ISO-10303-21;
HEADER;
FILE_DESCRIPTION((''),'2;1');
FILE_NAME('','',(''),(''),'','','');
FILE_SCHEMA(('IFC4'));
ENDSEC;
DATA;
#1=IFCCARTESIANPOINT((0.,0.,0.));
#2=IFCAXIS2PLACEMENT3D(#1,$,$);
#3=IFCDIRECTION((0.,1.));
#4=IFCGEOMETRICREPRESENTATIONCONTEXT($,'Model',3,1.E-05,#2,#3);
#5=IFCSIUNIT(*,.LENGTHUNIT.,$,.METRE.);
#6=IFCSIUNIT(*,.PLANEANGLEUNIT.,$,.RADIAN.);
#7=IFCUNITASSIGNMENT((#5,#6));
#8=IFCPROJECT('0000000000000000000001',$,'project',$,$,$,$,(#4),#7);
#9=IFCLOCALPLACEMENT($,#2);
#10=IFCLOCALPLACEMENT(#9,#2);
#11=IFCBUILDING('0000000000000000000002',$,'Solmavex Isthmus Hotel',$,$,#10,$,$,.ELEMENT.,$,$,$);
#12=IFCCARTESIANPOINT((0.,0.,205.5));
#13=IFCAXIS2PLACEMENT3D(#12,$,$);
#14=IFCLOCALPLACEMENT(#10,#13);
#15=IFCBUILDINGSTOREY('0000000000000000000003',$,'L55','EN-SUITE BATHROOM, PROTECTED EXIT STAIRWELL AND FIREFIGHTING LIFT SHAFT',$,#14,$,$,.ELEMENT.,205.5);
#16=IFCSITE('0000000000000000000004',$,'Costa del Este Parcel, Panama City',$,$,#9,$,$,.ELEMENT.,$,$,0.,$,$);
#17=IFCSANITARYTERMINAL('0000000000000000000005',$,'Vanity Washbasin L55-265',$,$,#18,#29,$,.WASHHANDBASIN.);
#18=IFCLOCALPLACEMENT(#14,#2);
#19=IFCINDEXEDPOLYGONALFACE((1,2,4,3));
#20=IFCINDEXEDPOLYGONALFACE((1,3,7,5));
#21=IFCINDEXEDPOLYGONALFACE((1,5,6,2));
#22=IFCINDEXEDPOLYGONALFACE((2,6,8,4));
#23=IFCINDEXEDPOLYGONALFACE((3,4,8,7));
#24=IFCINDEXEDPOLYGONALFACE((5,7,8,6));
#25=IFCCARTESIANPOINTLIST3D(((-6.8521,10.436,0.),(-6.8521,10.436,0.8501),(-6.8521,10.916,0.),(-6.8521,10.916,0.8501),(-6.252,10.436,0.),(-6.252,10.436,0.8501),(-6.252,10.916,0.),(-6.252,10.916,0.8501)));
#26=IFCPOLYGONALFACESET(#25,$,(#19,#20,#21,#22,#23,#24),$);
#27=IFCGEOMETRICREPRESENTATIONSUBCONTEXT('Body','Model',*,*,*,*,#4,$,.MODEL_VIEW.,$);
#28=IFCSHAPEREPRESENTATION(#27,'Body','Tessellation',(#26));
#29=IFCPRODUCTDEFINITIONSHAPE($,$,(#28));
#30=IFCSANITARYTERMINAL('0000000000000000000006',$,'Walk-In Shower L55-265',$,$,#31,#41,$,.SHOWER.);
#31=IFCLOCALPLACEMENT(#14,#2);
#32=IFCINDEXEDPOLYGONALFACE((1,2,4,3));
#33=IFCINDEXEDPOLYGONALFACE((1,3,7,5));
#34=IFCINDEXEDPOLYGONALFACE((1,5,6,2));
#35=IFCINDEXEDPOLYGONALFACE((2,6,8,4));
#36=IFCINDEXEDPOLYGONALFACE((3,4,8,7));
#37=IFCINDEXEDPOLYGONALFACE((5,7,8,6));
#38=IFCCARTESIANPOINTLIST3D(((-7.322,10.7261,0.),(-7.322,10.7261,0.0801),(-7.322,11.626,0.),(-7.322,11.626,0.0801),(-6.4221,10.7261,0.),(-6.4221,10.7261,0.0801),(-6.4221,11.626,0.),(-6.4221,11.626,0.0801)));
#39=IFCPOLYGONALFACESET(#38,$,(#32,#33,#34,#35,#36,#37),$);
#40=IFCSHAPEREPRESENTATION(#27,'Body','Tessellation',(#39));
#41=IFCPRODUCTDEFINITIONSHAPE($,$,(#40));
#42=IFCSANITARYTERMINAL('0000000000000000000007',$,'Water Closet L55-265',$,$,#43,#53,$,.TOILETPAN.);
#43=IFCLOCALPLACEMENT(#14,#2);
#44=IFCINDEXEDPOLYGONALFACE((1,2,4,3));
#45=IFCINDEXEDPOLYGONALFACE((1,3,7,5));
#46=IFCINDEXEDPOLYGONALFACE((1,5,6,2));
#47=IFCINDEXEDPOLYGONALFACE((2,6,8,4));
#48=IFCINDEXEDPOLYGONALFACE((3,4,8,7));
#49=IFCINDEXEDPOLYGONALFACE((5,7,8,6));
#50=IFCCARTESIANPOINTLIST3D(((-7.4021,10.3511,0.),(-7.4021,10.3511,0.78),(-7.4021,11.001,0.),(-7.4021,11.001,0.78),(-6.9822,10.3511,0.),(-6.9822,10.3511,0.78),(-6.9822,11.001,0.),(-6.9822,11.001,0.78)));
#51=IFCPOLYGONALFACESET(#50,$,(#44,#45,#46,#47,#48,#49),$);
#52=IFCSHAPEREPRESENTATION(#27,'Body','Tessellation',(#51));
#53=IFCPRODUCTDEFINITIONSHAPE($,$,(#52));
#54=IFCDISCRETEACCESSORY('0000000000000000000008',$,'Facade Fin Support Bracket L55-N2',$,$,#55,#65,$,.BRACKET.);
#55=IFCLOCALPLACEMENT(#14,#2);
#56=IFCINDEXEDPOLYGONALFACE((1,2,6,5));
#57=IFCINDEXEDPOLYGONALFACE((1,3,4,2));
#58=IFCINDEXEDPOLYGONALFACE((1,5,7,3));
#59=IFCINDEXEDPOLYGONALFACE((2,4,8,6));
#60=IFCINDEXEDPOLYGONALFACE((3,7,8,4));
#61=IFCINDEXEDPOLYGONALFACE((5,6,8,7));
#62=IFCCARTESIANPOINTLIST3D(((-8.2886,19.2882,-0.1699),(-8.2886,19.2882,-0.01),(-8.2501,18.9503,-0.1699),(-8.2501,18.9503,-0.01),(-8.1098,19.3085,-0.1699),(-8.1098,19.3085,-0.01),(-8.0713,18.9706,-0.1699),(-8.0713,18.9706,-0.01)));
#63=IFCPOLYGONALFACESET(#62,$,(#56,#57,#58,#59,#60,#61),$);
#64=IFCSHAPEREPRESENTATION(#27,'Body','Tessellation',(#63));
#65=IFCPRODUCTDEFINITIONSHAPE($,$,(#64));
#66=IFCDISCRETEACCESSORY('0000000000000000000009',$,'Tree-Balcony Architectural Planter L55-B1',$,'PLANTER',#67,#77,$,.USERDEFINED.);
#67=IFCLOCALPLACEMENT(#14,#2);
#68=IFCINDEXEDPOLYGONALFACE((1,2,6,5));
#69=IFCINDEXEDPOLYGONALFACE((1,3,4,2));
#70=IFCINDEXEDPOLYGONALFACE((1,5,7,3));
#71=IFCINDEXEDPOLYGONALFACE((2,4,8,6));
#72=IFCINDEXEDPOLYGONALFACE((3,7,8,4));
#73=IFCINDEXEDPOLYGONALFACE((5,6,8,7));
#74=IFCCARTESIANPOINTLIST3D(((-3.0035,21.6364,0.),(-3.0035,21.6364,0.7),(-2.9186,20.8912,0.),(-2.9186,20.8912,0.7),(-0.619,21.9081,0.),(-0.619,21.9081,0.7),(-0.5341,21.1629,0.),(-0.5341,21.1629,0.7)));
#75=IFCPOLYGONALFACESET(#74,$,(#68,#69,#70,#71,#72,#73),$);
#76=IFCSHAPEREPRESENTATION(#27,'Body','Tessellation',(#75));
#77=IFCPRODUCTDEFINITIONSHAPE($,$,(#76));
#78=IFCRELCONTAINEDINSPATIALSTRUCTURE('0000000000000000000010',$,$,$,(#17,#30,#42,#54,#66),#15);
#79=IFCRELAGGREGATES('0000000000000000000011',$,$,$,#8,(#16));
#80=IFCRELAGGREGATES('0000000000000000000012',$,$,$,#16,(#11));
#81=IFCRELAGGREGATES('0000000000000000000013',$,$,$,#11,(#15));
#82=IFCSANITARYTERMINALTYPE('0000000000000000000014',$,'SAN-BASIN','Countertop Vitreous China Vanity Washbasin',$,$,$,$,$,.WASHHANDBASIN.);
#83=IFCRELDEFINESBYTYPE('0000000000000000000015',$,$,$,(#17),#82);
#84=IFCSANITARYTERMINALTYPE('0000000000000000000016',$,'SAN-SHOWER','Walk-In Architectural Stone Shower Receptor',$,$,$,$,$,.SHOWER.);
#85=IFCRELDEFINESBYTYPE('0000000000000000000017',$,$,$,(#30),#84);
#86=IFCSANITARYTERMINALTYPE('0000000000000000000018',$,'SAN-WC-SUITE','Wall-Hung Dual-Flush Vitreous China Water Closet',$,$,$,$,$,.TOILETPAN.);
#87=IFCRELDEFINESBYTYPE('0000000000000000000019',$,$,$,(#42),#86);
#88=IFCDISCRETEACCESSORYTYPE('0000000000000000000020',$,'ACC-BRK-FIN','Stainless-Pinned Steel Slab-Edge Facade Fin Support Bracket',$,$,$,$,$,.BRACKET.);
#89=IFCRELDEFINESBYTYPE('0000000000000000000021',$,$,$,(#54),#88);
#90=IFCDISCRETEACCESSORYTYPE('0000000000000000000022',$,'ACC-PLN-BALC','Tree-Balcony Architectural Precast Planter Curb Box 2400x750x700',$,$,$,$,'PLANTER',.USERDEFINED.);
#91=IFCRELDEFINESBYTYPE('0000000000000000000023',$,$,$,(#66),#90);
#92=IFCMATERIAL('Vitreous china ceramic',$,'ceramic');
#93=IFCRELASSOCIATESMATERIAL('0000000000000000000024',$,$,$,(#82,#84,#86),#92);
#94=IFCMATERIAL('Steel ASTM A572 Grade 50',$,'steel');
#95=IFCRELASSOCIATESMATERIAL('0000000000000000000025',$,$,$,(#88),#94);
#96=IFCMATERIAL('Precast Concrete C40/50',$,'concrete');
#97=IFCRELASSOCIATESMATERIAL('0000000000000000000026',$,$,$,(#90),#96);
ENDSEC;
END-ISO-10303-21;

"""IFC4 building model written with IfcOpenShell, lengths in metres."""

from ifc_helpers import new_model, si_unit, direction, frame, origin, origin_2d, place, context, subcontext, project, spatial, rectangle, extrude, material, type_object, element, save


model = new_model("IFC4")

# Units and contexts
model_context = context("Model", 3, precision=1e-05, world=origin(), true_north=direction((0.0, 1.0)))
body_context = subcontext(model_context, "Body", "Model", "MODEL_VIEW")
ifc_project = project(units=[si_unit("LENGTHUNIT", "METRE"), si_unit("PLANEANGLEUNIT", "RADIAN")], contexts=[model_context])

# Site, building, storey
site_placement = place(None, origin())
site = spatial("IfcSite", under=ifc_project, at=site_placement, Name="Costa del Este Parcel, Panama City", CompositionType="ELEMENT", RefElevation=0.0)
building_placement = place(site_placement, origin())
building = spatial("IfcBuilding", under=site, at=building_placement, Name="Solmavex Isthmus Hotel", CompositionType="ELEMENT")
storey_placement = place(building_placement, frame((0.0, 0.0, 205.5)))
storey = spatial("IfcBuildingStorey", under=building, at=storey_placement, Name="L55", Description="EN-SUITE BATHROOM, PROTECTED EXIT STAIRWELL AND FIREFIGHTING LIFT SHAFT", CompositionType="ELEMENT", Elevation=205.5)

# Shared definitions
ifc_material_1 = material(Name="Precast Concrete C40/50", Category="concrete")

# Sanitary terminals
ifc_material_2 = material(Name="Vitreous china ceramic", Category="ceramic")
sanitary_terminal_type_1 = type_object("IfcSanitaryTerminalType", Name="SAN-BASIN", Description="Countertop Vitreous China Vanity Washbasin", PredefinedType="WASHHANDBASIN", material=ifc_material_2)
sanitary_terminal_1_placement = place(storey_placement, frame((-6.552, 10.676, 0.0), z_axis=(0.0, 0.0, 1.0), x_axis=(1.0, 0.0, 0.0)))
element("IfcSanitaryTerminal", 1, at=sanitary_terminal_1_placement, inside=storey, type_object=sanitary_terminal_type_1, Name="Vanity Washbasin L55-265", PredefinedType="WASHHANDBASIN", context=body_context, shape_type="SweptSolid", body=[
    extrude(rectangle(XDim=0.6001, YDim=0.48, at=origin_2d()), origin(), (0.0, 0.0, 1.0), 0.8501),
])
sanitary_terminal_type_2 = type_object("IfcSanitaryTerminalType", Name="SAN-SHOWER", Description="Walk-In Architectural Stone Shower Receptor", PredefinedType="SHOWER", material=ifc_material_2)
sanitary_terminal_2_placement = place(storey_placement, frame((-6.8721, 11.176, 0.0), z_axis=(0.0, 0.0, 1.0), x_axis=(1.0, 0.0, 0.0)))
element("IfcSanitaryTerminal", 2, at=sanitary_terminal_2_placement, inside=storey, type_object=sanitary_terminal_type_2, Name="Walk-In Shower L55-265", PredefinedType="SHOWER", context=body_context, shape_type="SweptSolid", body=[
    extrude(rectangle(XDim=0.8999, YDim=0.8999, at=origin_2d()), origin(), (0.0, 0.0, 1.0), 0.0801),
])
sanitary_terminal_type_3 = type_object("IfcSanitaryTerminalType", Name="SAN-WC-SUITE", Description="Wall-Hung Dual-Flush Vitreous China Water Closet", PredefinedType="TOILETPAN", material=ifc_material_2)
sanitary_terminal_3_placement = place(storey_placement, frame((-7.1921, 10.676, 0.0), z_axis=(0.0, 0.0, 1.0), x_axis=(1.0, 0.0, 0.0)))
element("IfcSanitaryTerminal", 3, at=sanitary_terminal_3_placement, inside=storey, type_object=sanitary_terminal_type_3, Name="Water Closet L55-265", PredefinedType="TOILETPAN", context=body_context, shape_type="SweptSolid", body=[
    extrude(rectangle(XDim=0.4199, YDim=0.6499, at=origin_2d()), origin(), (0.0, 0.0, 1.0), 0.78),
])

# Discrete accessories
ifc_material_3 = material(Name="Steel ASTM A572 Grade 50", Category="steel")
discrete_accessory_type_1 = type_object("IfcDiscreteAccessoryType", Name="ACC-BRK-FIN", Description="Stainless-Pinned Steel Slab-Edge Facade Fin Support Bracket", PredefinedType="BRACKET", material=ifc_material_3)
discrete_accessory_1_placement = place(storey_placement, frame((-8.1799, 19.1294, -0.1699), z_axis=(0.0, 0.0, 1.0), x_axis=(-0.113203, 0.993572, 0.0)))
element("IfcDiscreteAccessory", 4, at=discrete_accessory_1_placement, inside=storey, type_object=discrete_accessory_type_1, Name="Facade Fin Support Bracket L55-N2", PredefinedType="BRACKET", context=body_context, shape_type="SweptSolid", body=[
    extrude(rectangle(XDim=0.3401, YDim=0.1799, at=origin_2d()), origin(), (0.0, 0.0, 1.0), 0.1599),
])
discrete_accessory_type_2 = type_object("IfcDiscreteAccessoryType", Name="ACC-PLN-BALC", Description="Tree-Balcony Architectural Precast Planter Curb Box 2400x750x700", ElementType="PLANTER", PredefinedType="USERDEFINED", material=ifc_material_1)
discrete_accessory_2_placement = place(storey_placement, frame((-1.7688, 21.3997, 0.0), z_axis=(0.0, 0.0, 1.0), x_axis=(0.993572, 0.113203, 0.0)))
element("IfcDiscreteAccessory", 5, at=discrete_accessory_2_placement, inside=storey, type_object=discrete_accessory_type_2, Name="Tree-Balcony Architectural Planter L55-B1", ObjectType="PLANTER", PredefinedType="USERDEFINED", context=body_context, shape_type="SweptSolid", body=[
    extrude(rectangle(XDim=2.3999, YDim=0.75, at=origin_2d()), origin(), (0.0, 0.0, 1.0), 0.7),
])

save(model, "model.ifc")
